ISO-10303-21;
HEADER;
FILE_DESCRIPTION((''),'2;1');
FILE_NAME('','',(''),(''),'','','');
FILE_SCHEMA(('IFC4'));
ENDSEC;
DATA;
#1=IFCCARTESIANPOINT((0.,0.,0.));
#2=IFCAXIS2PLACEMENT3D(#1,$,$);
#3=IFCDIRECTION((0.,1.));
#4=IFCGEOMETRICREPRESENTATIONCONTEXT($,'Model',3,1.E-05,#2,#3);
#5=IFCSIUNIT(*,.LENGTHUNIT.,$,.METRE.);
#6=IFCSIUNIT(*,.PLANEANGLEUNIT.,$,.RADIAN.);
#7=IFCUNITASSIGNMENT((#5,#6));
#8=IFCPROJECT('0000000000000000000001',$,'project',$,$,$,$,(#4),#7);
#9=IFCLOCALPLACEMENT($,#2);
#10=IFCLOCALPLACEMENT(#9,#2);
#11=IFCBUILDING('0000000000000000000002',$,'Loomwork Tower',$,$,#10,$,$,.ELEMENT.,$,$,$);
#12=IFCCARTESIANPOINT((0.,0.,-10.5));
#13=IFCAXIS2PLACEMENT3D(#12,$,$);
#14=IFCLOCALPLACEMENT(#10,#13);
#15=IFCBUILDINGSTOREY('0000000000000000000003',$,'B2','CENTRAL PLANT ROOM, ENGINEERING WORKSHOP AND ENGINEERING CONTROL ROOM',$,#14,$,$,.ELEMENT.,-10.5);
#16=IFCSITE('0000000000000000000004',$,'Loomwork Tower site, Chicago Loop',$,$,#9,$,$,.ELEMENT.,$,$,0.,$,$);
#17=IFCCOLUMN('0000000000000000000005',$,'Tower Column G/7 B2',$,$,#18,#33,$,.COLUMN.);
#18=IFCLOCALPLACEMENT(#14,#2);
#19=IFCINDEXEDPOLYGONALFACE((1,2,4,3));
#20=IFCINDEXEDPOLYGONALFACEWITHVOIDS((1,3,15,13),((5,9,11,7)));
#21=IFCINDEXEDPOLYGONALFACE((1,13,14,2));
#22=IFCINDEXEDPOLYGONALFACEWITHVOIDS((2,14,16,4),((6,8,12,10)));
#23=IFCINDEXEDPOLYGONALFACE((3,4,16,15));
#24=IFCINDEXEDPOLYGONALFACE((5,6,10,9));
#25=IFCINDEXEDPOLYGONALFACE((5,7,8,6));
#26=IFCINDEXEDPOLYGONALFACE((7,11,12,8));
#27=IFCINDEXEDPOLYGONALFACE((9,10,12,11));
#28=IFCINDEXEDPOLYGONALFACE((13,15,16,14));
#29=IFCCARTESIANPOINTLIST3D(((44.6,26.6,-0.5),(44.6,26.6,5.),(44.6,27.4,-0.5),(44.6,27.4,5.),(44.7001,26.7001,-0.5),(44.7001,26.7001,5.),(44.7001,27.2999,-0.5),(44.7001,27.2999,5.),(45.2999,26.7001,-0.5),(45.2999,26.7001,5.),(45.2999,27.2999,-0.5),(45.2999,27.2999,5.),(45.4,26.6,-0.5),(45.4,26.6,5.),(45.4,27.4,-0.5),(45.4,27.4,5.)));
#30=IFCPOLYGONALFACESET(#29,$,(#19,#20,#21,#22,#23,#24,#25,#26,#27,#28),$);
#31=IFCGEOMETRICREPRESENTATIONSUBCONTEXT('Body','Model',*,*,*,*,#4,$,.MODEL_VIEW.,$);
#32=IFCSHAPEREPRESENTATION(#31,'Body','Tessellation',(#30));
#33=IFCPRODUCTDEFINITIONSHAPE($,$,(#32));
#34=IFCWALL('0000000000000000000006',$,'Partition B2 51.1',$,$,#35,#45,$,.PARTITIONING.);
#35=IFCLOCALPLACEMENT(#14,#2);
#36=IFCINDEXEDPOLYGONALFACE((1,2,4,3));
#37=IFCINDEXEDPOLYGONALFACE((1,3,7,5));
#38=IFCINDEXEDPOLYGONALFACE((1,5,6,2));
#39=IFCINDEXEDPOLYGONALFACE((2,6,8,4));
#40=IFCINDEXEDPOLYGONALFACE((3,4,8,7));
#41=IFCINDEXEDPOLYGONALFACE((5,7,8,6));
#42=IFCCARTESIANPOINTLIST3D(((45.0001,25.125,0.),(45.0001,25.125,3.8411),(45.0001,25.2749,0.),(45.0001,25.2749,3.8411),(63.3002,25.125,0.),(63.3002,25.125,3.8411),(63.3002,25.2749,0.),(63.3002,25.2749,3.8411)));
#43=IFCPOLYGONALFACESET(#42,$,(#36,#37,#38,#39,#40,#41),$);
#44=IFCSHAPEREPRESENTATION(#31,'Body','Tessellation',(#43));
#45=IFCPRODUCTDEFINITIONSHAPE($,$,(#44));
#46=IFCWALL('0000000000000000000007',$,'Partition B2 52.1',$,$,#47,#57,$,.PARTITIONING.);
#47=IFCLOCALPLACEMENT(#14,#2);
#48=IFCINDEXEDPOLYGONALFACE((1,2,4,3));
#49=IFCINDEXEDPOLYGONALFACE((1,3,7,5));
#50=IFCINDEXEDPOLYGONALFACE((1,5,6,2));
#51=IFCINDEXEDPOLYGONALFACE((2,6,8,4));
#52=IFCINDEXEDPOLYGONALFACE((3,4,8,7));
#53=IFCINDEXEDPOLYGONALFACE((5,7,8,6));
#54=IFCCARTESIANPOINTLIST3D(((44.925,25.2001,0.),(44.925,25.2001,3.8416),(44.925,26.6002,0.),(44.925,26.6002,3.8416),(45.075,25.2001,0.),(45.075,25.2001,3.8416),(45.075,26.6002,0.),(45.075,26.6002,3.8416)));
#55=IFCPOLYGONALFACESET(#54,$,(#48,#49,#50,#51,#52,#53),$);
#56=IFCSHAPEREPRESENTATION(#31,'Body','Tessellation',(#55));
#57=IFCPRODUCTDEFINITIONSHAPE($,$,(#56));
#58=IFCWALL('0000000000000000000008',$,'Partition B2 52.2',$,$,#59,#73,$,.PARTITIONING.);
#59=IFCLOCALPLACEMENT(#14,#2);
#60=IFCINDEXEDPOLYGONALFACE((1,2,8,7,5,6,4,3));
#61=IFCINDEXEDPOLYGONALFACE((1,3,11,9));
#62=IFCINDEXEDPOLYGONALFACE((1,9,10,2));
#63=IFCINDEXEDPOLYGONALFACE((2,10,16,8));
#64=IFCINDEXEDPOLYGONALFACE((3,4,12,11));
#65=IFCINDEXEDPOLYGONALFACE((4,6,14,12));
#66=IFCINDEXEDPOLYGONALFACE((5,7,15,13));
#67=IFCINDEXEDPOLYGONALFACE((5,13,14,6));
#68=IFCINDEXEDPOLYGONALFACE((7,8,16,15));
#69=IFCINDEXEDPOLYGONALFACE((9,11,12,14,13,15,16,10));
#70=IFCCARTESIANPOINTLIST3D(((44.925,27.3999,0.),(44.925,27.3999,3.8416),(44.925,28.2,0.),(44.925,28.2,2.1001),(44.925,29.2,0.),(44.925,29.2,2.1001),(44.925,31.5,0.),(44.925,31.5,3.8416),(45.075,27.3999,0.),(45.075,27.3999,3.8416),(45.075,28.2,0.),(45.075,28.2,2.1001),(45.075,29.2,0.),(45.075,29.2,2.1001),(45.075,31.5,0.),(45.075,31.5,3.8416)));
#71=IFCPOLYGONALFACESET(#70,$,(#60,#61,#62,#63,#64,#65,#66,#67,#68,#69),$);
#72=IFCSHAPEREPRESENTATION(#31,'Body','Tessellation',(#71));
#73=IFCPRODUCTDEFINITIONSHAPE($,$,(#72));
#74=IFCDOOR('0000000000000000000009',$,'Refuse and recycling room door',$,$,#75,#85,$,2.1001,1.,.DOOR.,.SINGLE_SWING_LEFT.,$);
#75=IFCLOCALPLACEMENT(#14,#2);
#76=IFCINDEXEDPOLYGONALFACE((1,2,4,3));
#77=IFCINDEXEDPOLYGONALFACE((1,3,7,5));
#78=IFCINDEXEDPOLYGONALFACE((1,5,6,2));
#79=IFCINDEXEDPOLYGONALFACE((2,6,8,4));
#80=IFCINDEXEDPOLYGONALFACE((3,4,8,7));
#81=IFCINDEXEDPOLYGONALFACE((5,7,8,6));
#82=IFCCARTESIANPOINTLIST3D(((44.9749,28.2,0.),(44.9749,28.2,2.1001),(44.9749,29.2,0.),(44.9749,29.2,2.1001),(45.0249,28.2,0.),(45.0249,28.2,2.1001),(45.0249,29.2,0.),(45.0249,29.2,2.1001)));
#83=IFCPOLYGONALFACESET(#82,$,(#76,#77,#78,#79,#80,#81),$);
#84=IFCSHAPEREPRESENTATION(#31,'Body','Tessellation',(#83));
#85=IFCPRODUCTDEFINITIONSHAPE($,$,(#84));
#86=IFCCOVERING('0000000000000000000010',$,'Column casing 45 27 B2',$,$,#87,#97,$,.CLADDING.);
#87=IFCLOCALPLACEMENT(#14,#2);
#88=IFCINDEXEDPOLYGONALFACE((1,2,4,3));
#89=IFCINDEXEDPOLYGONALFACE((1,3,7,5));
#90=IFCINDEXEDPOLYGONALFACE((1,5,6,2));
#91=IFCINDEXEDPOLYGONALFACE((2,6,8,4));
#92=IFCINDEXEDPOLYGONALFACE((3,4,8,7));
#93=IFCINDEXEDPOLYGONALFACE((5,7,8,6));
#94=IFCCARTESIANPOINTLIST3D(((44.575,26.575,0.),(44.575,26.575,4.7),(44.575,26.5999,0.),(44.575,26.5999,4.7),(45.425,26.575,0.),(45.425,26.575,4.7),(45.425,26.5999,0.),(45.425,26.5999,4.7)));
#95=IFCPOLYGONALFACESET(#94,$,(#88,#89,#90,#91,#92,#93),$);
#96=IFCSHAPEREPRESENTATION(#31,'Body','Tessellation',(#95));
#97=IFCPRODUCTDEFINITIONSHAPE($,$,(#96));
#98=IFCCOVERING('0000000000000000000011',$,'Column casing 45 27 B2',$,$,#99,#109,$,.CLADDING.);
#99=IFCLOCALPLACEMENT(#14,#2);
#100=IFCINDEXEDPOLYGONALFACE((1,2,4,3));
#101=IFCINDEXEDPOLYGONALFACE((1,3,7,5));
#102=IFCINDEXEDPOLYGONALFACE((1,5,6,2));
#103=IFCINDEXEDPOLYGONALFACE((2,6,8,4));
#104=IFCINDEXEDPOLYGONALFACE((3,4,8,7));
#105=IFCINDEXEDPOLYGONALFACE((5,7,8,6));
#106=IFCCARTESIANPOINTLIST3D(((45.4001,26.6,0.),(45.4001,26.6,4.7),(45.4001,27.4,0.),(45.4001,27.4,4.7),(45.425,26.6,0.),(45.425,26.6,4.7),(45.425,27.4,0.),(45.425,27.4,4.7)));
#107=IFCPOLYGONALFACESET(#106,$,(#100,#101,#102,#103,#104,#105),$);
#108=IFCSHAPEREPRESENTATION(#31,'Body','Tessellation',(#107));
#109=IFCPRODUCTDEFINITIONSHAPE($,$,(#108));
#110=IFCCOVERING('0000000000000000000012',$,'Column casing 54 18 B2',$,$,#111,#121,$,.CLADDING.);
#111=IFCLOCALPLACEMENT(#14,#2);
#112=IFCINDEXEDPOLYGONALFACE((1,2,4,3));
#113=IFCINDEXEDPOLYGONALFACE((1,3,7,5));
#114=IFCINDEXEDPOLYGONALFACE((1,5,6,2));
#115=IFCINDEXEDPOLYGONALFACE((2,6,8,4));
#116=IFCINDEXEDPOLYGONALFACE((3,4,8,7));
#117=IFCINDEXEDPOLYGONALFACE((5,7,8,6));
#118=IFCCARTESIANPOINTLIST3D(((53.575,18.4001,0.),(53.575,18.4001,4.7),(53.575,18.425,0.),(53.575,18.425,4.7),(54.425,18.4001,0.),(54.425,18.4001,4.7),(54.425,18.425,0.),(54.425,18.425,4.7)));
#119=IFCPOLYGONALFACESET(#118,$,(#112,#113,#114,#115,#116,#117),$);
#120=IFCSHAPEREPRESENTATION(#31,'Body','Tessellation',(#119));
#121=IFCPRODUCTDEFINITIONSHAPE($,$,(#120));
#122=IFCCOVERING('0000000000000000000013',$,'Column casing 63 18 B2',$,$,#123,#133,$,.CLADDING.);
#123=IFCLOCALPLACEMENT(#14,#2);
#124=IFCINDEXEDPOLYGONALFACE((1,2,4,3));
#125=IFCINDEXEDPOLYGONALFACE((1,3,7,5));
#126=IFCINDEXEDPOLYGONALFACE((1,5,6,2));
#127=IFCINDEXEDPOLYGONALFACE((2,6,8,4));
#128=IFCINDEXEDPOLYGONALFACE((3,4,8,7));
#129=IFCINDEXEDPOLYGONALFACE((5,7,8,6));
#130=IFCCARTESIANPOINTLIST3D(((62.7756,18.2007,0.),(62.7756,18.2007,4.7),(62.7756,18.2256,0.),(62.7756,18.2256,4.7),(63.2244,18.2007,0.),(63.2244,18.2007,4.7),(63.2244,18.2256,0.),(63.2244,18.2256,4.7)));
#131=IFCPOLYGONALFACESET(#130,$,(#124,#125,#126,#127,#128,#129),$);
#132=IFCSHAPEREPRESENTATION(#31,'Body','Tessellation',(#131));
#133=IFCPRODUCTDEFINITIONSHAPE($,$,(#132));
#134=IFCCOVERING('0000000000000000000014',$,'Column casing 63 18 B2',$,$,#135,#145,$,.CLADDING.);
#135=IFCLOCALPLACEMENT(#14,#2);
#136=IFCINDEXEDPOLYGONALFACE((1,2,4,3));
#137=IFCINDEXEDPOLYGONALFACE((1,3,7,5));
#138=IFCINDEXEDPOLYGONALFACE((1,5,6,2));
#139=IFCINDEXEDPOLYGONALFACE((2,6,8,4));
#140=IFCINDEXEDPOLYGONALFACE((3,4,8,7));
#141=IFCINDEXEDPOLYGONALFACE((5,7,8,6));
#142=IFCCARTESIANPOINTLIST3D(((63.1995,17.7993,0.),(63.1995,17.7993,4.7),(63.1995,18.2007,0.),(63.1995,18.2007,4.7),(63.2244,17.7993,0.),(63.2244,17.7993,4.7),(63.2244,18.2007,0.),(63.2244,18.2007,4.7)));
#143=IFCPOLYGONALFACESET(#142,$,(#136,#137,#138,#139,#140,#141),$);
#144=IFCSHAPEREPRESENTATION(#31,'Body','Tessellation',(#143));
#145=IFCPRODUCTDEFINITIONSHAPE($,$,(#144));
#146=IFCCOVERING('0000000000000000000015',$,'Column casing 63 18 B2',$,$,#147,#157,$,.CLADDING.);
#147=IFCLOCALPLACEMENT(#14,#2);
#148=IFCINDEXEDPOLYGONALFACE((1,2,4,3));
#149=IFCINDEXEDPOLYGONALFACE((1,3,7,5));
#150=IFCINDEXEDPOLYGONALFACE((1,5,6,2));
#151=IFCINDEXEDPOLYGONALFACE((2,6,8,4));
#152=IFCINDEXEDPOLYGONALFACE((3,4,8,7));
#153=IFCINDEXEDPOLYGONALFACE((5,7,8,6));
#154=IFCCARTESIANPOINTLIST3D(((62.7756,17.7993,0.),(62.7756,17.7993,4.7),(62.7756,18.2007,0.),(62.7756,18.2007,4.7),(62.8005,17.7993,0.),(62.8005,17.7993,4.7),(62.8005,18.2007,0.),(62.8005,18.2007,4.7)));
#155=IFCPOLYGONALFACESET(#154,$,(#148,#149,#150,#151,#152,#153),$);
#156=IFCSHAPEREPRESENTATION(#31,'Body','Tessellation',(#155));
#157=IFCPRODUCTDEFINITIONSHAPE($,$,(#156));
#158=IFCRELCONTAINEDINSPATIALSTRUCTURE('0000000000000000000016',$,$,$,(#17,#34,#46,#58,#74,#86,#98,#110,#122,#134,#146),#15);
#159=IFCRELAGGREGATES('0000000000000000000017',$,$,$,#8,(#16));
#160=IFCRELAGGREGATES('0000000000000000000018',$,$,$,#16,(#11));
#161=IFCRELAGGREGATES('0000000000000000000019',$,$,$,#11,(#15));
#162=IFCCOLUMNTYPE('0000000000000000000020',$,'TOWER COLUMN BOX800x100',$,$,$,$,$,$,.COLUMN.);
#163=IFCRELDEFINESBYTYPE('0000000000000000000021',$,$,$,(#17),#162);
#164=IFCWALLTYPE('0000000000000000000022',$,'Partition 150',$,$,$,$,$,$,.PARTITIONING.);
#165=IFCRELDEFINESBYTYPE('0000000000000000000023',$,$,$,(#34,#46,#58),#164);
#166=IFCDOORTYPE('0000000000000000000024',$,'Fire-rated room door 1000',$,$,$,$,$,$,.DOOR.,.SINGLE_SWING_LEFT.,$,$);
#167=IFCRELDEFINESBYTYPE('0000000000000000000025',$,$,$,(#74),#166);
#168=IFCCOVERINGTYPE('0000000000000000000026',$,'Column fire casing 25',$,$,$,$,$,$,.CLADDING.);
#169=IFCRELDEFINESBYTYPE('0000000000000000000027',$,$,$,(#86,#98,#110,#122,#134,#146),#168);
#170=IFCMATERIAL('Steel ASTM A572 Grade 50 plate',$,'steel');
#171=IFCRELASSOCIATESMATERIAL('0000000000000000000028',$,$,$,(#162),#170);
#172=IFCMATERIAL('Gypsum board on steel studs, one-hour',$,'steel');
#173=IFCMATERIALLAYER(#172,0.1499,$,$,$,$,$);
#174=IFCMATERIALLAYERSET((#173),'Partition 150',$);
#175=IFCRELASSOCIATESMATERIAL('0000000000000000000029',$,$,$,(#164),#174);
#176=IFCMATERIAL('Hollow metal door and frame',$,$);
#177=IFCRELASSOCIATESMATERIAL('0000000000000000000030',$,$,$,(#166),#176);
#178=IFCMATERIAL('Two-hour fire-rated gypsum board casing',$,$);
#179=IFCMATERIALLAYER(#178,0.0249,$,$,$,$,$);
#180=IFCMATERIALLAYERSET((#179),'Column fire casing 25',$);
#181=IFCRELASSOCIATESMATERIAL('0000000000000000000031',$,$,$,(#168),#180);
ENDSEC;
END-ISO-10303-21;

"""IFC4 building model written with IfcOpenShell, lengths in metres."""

from ifc_helpers import new_model, si_unit, direction, frame, frame_2d, origin, origin_2d, place, context, subcontext, project, spatial, rectangle, hollow_rectangle, extrude, material, layer, layer_set, material_profile, profile_set, type_object, element, fill, save


model = new_model("IFC4")

# Units and contexts
model_context = context("Model", 3, precision=1e-05, world=origin(), true_north=direction((0.0, 1.0)))
body_context = subcontext(model_context, "Body", "Model", "MODEL_VIEW")
ifc_project = project(units=[si_unit("LENGTHUNIT", "METRE"), si_unit("PLANEANGLEUNIT", "RADIAN")], contexts=[model_context])

# Site, building, storey
site_placement = place(None, origin())
site = spatial("IfcSite", under=ifc_project, at=site_placement, Name="Loomwork Tower site, Chicago Loop", CompositionType="ELEMENT", RefElevation=0.0)
building_placement = place(site_placement, origin())
building = spatial("IfcBuilding", under=site, at=building_placement, Name="Loomwork Tower", CompositionType="ELEMENT")
storey_placement = place(building_placement, frame((0.0, 0.0, -10.5)))
storey = spatial("IfcBuildingStorey", under=building, at=storey_placement, Name="B2", Description="CENTRAL PLANT ROOM, ENGINEERING WORKSHOP AND ENGINEERING CONTROL ROOM", CompositionType="ELEMENT", Elevation=-10.5)

# Column
ifc_material_1 = material(Name="Steel ASTM A572 Grade 50 plate", Category="steel")
ifc_material_profile_1 = material_profile(ifc_material_1, hollow_rectangle(XDim=0.8, YDim=0.8, WallThickness=0.1001, at=origin_2d()), Name="BOX800x100")
ifc_profile_set_1 = profile_set([ifc_material_profile_1], Name="Steel ASTM A572 Grade 50 plate")
column_type_1 = type_object("IfcColumnType", Name="TOWER COLUMN BOX800x100", PredefinedType="COLUMN", material=ifc_profile_set_1)
column_1_placement = place(storey_placement, frame((45.0, 27.0, -0.5), z_axis=(0.0, 0.0, 1.0), x_axis=(0.0, 1.0, 0.0)))
element("IfcColumn", 1, at=column_1_placement, inside=storey, type_object=column_type_1, Name="Tower Column G/7 B2", PredefinedType="COLUMN", context=body_context, shape_type="SweptSolid", body=[
    extrude(hollow_rectangle(XDim=0.8, YDim=0.8, WallThickness=0.1001, at=origin_2d()), origin(), (0.0, 0.0, 1.0), 5.5),
])

# Walls
ifc_material_2 = material(Name="Gypsum board on steel studs, one-hour", Category="steel")
ifc_layer_1 = layer(ifc_material_2, 0.1499)
ifc_layer_set_1 = layer_set([ifc_layer_1], Name="Partition 150")
wall_type = type_object("IfcWallType", Name="Partition 150", PredefinedType="PARTITIONING", material=ifc_layer_set_1)
wall_1_placement = place(storey_placement, frame((63.3, 25.2, 0.0), z_axis=(0.0, 0.0, 1.0), x_axis=(-1.0, 0.0, 0.0)))
element("IfcWall", 2, at=wall_1_placement, inside=storey, type_object=wall_type, Name="Partition B2 51.1", PredefinedType="PARTITIONING", context=body_context, shape_type="SweptSolid", body=[
    extrude(rectangle(XDim=18.3, YDim=0.1499, at=frame_2d((9.1499, 0.0))), origin(), (0.0, 0.0, 1.0), 3.8411),
])
wall_2_placement = place(storey_placement, frame((45.0, 25.2, 0.0), z_axis=(0.0, 0.0, 1.0), x_axis=(0.0, 1.0, 0.0)))
element("IfcWall", 3, at=wall_2_placement, inside=storey, type_object=wall_type, Name="Partition B2 52.1", PredefinedType="PARTITIONING", context=body_context, shape_type="SweptSolid", body=[
    extrude(rectangle(XDim=1.4001, YDim=0.1499, at=frame_2d((0.7002, 0.0))), origin(), (0.0, 0.0, 1.0), 3.8416),
])

# Wall, opening, door
wall_3_placement = place(storey_placement, frame((45.0, 27.3999, 0.0), z_axis=(0.0, 0.0, 1.0), x_axis=(0.0, 1.0, 0.0)))
wall_3 = element("IfcWall", 4, at=wall_3_placement, inside=storey, type_object=wall_type, Name="Partition B2 52.2", PredefinedType="PARTITIONING", context=body_context, shape_type="SweptSolid", body=[
    extrude(rectangle(XDim=4.1001, YDim=0.1499, at=frame_2d((2.05, 0.0))), origin(), (0.0, 0.0, 1.0), 3.8416),
])
opening_placement = place(wall_3_placement, frame((0.8, 0.0, 0.0)))
opening = element("IfcOpeningElement", 5, at=opening_placement, cuts=wall_3, PredefinedType="OPENING", context=body_context, shape_type="SweptSolid", body=[
    extrude(rectangle(XDim=1.0, YDim=2.1001, at=frame_2d((0.5, 1.05))), frame((0.0, 0.085, 0.0), z_axis=(0.0, -1.0, 0.0), x_axis=(1.0, 0.0, 0.0)), (0.0, 0.0, 1.0), 0.1699),
])
ifc_material_3 = material(Name="Hollow metal door and frame")
door_type = type_object("IfcDoorType", Name="Fire-rated room door 1000", OperationType="SINGLE_SWING_LEFT", PredefinedType="DOOR", material=ifc_material_3)
door_placement = place(opening_placement, frame((1.0, 0.0, 0.0), z_axis=(0.0, 0.0, 1.0), x_axis=(-1.0, 0.0, 0.0)))
door = element("IfcDoor", 6, at=door_placement, inside=storey, type_object=door_type, Name="Refuse and recycling room door", OperationType="SINGLE_SWING_LEFT", OverallHeight=2.1001, OverallWidth=1.0, PredefinedType="DOOR", context=body_context, shape_type="SweptSolid", body=[
    extrude(rectangle(XDim=1.0, YDim=2.1001, at=frame_2d((0.5, 1.05))), frame((0.0, 0.0249, 0.0), z_axis=(0.0, -1.0, 0.0), x_axis=(1.0, 0.0, 0.0)), (0.0, 0.0, 1.0), 0.05),
])
fill(opening, door)

# Coverings
ifc_material_4 = material(Name="Two-hour fire-rated gypsum board casing")
ifc_layer_2 = layer(ifc_material_4, 0.0249)
ifc_layer_set_2 = layer_set([ifc_layer_2], Name="Column fire casing 25")
covering_type = type_object("IfcCoveringType", Name="Column fire casing 25", PredefinedType="CLADDING", material=ifc_layer_set_2)
covering_1_placement = place(storey_placement, frame((45.0, 26.5874, 0.0), z_axis=(0.0, 0.0, 1.0), x_axis=(1.0, 0.0, 0.0)))
element("IfcCovering", 7, at=covering_1_placement, inside=storey, type_object=covering_type, Name="Column casing 45 27 B2", PredefinedType="CLADDING", context=body_context, shape_type="SweptSolid", body=[
    extrude(rectangle(XDim=0.8501, YDim=0.0249, at=origin_2d()), origin(), (0.0, 0.0, 1.0), 4.7),
])
covering_2_placement = place(storey_placement, frame((45.4126, 27.0, 0.0), z_axis=(0.0, 0.0, 1.0), x_axis=(1.0, 0.0, 0.0)))
element("IfcCovering", 8, at=covering_2_placement, inside=storey, type_object=covering_type, Name="Column casing 45 27 B2", PredefinedType="CLADDING", context=body_context, shape_type="SweptSolid", body=[
    extrude(rectangle(XDim=0.0249, YDim=0.8, at=origin_2d()), origin(), (0.0, 0.0, 1.0), 4.7),
])
covering_3_placement = place(storey_placement, frame((54.0, 18.4126, 0.0), z_axis=(0.0, 0.0, 1.0), x_axis=(1.0, 0.0, 0.0)))
element("IfcCovering", 9, at=covering_3_placement, inside=storey, type_object=covering_type, Name="Column casing 54 18 B2", PredefinedType="CLADDING", context=body_context, shape_type="SweptSolid", body=[
    extrude(rectangle(XDim=0.8501, YDim=0.0249, at=origin_2d()), origin(), (0.0, 0.0, 1.0), 4.7),
])
covering_4_placement = place(storey_placement, frame((63.0, 18.2131, 0.0), z_axis=(0.0, 0.0, 1.0), x_axis=(1.0, 0.0, 0.0)))
element("IfcCovering", 10, at=covering_4_placement, inside=storey, type_object=covering_type, Name="Column casing 63 18 B2", PredefinedType="CLADDING", context=body_context, shape_type="SweptSolid", body=[
    extrude(rectangle(XDim=0.4487, YDim=0.0249, at=origin_2d()), origin(), (0.0, 0.0, 1.0), 4.7),
])
for number, where, z_axis, x_axis, name in (
    (11, (63.2119, 18.0, 0.0), (0.0, 0.0, 1.0), (1.0, 0.0, 0.0), "Column casing 63 18 B2"),
    (12, (62.7881, 18.0, 0.0), (0.0, 0.0, 1.0), (1.0, 0.0, 0.0), "Column casing 63 18 B2"),
):
    element("IfcCovering", number, at=place(storey_placement, frame(where, z_axis=z_axis, x_axis=x_axis)), inside=storey, type_object=covering_type, Name=name, PredefinedType="CLADDING", context=body_context, shape_type="SweptSolid", body=[
        extrude(rectangle(XDim=0.0249, YDim=0.4014, at=origin_2d()), origin(), (0.0, 0.0, 1.0), 4.7),
    ])

save(model, "model.ifc")
